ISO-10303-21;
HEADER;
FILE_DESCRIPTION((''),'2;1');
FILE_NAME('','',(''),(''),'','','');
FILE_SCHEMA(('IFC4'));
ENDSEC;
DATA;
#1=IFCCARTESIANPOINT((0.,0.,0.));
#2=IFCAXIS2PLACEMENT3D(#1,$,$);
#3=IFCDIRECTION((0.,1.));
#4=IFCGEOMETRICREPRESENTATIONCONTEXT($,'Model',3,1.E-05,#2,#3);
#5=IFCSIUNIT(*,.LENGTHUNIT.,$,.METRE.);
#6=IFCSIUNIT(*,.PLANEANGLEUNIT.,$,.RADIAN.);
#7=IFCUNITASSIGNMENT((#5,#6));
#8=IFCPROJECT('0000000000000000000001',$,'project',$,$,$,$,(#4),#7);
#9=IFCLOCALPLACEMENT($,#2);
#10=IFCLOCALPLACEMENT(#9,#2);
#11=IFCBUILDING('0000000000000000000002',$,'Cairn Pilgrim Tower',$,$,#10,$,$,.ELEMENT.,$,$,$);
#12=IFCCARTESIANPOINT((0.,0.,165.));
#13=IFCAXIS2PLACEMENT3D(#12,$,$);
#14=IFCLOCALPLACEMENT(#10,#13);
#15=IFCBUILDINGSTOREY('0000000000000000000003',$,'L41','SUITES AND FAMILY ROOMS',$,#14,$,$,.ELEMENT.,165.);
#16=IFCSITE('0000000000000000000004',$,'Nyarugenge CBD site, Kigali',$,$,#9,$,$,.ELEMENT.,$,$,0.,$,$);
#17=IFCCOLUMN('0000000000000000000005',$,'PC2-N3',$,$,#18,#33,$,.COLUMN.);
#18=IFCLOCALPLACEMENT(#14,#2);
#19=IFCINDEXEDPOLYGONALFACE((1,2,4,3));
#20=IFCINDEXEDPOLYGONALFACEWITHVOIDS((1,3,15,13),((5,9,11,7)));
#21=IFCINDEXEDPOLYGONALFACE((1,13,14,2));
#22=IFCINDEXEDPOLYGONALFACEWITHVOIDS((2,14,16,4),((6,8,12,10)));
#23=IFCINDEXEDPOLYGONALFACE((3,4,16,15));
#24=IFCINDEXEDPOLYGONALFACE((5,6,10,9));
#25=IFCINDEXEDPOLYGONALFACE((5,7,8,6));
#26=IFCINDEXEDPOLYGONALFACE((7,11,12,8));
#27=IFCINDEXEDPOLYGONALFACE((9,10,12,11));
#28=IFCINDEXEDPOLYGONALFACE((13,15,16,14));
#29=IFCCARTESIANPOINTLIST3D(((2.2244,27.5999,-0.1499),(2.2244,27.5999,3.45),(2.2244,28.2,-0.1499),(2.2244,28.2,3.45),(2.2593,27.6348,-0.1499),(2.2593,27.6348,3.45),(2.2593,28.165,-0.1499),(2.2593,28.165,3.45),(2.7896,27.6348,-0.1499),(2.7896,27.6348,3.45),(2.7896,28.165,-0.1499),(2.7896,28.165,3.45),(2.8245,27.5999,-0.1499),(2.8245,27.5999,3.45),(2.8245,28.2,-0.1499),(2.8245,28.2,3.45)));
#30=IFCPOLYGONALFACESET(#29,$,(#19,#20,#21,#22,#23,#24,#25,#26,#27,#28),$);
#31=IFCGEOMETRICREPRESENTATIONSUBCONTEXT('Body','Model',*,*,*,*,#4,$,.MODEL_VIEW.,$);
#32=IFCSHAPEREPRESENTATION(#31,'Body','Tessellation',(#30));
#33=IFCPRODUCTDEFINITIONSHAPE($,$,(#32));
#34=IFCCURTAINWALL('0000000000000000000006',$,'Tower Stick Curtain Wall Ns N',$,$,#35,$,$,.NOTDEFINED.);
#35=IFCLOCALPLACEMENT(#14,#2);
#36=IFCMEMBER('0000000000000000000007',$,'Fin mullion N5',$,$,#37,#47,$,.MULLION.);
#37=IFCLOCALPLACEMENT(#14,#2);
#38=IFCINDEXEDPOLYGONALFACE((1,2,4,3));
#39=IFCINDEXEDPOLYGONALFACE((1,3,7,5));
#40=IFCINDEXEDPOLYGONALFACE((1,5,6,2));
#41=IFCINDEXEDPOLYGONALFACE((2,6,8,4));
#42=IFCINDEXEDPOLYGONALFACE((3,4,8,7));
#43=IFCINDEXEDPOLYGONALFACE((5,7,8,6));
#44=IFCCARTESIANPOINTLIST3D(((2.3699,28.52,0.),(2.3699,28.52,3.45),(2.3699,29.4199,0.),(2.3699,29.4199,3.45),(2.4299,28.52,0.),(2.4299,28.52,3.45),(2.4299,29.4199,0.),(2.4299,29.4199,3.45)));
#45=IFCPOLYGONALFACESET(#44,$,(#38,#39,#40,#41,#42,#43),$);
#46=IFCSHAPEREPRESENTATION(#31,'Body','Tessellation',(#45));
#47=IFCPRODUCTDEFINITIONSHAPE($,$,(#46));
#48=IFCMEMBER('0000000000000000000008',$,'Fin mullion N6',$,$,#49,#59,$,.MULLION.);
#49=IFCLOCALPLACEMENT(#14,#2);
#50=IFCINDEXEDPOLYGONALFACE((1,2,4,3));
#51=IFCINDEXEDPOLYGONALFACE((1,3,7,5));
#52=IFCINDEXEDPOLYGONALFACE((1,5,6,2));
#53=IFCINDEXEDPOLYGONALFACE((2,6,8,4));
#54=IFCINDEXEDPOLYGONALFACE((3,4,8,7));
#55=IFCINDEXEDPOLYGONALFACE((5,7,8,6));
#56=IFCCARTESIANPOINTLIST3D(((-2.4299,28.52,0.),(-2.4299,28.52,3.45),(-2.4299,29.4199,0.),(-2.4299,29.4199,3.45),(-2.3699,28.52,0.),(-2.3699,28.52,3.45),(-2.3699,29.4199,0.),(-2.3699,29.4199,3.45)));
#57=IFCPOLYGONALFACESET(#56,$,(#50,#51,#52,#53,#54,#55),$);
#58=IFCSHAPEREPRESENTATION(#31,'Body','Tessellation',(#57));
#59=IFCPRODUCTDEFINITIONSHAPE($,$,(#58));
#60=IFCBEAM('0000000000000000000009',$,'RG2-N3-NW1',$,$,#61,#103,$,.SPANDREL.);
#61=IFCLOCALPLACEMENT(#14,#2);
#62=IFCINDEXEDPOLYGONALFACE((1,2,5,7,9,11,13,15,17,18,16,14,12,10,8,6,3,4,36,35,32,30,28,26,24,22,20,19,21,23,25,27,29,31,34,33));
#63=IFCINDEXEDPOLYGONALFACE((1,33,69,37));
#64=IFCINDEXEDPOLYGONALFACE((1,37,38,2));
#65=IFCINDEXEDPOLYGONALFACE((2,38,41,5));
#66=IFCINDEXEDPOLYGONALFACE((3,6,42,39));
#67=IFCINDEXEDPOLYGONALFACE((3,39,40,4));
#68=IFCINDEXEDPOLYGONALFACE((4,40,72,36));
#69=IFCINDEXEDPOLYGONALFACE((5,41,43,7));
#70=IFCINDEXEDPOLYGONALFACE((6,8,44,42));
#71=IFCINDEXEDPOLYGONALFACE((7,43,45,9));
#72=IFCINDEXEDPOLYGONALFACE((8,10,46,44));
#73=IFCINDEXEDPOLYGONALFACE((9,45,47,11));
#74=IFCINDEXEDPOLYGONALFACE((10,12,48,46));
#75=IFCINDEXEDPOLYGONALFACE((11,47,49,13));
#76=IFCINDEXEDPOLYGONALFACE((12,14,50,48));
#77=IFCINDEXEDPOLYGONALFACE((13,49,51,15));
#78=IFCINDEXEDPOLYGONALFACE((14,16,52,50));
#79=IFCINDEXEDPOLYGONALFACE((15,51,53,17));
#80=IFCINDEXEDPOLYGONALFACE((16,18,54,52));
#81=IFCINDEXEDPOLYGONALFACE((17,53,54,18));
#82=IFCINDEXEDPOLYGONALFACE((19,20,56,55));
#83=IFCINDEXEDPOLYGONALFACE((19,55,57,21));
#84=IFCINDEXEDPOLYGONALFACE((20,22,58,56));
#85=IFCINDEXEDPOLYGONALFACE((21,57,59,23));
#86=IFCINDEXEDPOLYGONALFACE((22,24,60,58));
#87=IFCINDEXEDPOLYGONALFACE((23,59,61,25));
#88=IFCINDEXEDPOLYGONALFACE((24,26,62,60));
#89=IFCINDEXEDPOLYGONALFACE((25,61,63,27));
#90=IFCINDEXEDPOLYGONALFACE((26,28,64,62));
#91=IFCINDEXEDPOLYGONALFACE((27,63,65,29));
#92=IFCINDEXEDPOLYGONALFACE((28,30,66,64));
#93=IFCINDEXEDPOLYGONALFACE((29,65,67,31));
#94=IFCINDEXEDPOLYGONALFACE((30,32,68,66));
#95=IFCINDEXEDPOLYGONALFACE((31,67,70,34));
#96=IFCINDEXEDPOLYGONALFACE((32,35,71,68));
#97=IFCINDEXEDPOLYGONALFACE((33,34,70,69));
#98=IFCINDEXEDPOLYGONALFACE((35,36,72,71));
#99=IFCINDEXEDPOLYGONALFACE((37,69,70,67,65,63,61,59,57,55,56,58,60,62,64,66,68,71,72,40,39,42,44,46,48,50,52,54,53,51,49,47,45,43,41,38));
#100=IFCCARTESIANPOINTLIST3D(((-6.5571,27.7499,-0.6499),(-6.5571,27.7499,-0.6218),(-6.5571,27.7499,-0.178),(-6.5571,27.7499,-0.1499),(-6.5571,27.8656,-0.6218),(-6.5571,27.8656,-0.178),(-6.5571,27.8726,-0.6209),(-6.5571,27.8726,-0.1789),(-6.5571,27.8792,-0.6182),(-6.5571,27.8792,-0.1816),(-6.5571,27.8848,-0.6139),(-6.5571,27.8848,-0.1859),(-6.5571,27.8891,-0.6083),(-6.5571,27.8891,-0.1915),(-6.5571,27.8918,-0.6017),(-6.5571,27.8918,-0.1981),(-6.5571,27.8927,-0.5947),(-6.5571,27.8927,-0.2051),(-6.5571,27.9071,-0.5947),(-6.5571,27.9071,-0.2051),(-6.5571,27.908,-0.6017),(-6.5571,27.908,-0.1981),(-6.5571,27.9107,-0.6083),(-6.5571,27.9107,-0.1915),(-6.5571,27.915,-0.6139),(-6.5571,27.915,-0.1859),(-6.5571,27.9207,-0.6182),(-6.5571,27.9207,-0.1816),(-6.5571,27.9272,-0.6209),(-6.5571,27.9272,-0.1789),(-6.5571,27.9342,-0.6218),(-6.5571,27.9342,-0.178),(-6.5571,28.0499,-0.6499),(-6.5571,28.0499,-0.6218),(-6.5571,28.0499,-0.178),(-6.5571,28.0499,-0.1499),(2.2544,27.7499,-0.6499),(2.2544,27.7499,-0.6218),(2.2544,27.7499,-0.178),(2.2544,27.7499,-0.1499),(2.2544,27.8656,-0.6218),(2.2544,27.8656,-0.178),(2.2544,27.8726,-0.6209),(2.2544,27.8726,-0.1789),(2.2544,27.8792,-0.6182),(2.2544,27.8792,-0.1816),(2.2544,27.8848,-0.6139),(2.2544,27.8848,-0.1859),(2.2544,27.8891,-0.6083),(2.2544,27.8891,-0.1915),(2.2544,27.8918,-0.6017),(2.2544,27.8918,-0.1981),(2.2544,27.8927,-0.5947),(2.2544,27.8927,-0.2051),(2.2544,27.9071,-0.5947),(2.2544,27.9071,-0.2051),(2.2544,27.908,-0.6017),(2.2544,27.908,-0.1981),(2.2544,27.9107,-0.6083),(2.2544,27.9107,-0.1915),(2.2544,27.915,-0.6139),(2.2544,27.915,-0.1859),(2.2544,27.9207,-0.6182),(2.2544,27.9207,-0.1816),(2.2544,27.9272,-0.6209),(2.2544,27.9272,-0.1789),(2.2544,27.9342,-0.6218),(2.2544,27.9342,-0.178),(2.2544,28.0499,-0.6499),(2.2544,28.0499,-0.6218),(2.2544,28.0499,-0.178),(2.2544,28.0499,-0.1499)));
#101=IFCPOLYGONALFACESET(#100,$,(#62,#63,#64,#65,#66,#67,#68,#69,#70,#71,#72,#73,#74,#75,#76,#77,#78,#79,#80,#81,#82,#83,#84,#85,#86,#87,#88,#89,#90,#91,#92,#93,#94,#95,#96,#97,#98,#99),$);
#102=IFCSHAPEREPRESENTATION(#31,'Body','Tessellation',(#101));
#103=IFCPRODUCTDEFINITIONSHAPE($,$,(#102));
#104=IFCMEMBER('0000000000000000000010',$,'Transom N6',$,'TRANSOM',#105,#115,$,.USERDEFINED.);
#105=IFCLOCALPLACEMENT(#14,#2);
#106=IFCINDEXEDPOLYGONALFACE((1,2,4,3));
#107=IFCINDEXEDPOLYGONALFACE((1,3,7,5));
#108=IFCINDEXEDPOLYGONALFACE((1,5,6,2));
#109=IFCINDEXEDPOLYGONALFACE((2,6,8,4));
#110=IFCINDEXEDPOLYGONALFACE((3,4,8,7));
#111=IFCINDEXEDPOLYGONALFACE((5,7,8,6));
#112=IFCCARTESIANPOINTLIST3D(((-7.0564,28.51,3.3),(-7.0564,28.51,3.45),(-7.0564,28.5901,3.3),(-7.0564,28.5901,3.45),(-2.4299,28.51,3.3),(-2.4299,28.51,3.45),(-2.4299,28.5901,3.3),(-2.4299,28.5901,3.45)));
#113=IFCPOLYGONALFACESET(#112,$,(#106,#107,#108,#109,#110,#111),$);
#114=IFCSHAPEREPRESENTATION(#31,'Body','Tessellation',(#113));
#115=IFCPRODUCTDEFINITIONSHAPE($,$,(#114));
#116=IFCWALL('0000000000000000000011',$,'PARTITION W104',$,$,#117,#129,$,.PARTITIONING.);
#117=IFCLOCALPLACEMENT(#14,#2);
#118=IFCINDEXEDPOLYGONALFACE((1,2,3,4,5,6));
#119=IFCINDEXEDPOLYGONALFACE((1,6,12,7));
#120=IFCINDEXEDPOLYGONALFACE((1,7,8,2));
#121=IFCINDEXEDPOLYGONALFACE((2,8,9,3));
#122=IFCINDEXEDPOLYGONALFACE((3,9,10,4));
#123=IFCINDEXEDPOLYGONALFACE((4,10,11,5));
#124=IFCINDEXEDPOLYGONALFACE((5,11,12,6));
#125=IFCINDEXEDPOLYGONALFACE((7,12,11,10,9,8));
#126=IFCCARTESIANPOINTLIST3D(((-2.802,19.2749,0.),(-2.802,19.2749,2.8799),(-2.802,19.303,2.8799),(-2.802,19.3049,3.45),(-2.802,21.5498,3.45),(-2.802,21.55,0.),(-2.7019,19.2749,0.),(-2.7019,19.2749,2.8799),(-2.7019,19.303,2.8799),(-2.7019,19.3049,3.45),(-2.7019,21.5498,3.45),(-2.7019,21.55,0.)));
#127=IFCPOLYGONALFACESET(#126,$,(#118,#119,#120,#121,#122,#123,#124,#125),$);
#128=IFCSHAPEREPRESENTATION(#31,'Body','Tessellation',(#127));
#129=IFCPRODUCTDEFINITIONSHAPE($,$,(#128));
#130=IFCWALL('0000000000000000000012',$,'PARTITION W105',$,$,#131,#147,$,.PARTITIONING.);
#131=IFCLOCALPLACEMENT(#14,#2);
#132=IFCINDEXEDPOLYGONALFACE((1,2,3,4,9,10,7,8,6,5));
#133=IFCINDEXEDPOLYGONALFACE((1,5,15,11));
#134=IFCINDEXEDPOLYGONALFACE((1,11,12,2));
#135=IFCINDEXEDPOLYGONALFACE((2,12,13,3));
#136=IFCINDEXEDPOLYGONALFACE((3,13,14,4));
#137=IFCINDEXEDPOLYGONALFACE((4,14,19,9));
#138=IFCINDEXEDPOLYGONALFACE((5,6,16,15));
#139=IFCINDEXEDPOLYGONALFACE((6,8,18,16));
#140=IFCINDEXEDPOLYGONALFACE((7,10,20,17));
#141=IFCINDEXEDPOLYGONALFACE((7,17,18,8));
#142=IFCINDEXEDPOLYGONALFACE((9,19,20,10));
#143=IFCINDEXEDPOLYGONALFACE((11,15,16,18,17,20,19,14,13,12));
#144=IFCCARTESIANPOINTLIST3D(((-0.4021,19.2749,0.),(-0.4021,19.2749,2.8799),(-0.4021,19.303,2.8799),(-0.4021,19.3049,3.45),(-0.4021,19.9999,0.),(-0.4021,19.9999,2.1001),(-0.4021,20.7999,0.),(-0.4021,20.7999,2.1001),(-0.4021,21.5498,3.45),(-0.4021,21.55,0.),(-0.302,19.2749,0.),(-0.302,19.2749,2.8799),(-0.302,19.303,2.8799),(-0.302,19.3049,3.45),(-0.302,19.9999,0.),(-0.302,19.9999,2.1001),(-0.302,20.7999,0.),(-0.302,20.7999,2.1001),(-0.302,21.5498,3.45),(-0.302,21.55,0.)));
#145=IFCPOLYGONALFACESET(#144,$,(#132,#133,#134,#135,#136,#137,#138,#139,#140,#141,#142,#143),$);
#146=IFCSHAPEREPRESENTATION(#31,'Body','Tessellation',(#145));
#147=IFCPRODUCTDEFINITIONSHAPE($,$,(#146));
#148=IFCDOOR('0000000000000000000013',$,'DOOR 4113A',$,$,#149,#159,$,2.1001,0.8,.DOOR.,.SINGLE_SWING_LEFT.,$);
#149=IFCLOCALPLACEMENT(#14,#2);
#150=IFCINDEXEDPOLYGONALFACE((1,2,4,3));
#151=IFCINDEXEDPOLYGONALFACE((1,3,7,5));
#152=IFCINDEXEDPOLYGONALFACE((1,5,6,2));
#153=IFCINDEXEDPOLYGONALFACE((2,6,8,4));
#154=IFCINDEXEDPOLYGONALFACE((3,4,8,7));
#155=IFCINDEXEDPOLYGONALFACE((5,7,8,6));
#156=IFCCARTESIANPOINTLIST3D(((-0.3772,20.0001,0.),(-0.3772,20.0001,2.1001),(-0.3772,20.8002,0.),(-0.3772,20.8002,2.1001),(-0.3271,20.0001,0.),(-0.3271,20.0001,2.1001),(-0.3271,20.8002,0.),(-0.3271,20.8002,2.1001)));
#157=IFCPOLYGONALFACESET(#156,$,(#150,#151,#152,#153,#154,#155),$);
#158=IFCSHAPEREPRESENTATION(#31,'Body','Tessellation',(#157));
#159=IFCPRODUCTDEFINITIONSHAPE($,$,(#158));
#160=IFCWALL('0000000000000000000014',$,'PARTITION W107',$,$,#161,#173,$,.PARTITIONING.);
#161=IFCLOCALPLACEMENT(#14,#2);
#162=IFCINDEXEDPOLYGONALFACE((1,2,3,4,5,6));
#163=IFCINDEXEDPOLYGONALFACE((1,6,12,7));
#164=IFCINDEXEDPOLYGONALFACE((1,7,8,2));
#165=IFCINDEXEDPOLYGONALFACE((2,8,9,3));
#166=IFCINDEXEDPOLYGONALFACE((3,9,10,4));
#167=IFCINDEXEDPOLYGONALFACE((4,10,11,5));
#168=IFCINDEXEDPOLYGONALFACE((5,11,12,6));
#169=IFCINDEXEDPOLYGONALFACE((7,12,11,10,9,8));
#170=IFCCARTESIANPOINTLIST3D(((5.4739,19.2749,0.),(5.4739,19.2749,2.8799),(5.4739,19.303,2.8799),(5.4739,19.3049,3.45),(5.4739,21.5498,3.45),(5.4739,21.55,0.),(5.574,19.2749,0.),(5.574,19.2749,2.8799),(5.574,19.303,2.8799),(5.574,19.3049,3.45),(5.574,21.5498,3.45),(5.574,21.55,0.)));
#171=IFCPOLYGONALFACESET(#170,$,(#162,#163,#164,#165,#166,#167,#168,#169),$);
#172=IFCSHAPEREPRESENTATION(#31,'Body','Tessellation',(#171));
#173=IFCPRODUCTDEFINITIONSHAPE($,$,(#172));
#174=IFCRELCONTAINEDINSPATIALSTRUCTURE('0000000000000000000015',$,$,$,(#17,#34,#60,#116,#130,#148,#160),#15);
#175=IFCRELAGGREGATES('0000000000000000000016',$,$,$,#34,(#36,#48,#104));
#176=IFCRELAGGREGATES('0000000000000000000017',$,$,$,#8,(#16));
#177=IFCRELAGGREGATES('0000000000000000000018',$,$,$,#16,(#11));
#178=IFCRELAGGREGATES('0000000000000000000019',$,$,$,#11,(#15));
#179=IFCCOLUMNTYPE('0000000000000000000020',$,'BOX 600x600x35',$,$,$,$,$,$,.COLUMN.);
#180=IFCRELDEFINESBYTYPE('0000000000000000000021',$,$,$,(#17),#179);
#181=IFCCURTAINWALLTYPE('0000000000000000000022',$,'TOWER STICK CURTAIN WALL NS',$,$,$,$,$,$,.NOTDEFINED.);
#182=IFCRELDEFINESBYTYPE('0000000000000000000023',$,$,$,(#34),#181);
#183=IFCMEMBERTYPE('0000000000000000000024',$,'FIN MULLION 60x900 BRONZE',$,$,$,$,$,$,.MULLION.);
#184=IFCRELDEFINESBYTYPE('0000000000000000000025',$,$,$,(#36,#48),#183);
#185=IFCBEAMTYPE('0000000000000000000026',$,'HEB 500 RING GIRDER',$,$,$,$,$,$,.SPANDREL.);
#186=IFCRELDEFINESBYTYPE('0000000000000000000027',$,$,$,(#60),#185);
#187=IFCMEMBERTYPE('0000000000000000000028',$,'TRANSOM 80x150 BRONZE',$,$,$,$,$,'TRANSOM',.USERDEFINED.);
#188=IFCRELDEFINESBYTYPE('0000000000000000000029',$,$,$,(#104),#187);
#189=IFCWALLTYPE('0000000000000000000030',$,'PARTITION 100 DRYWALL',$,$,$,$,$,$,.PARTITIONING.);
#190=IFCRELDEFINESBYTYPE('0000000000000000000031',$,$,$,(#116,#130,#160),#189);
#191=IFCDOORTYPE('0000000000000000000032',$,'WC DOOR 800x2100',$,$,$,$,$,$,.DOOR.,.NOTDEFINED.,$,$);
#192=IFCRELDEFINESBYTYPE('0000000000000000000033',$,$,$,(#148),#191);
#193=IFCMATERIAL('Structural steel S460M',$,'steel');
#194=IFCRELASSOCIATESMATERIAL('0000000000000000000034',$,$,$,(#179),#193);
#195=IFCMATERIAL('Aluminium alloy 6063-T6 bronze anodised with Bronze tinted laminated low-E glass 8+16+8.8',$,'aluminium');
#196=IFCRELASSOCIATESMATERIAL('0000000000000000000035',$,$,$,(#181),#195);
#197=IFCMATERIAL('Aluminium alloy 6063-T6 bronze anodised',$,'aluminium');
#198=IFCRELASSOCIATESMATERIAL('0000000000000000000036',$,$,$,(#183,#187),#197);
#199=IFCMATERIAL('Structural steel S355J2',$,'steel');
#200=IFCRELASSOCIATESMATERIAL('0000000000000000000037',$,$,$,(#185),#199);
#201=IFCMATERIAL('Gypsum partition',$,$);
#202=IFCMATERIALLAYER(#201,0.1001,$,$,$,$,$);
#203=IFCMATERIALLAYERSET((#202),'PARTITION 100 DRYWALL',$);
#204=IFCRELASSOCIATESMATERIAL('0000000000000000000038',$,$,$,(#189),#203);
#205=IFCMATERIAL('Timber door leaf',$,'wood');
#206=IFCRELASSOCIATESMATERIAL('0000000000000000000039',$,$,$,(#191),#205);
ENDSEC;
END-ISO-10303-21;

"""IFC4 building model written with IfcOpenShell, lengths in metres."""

from ifc_helpers import new_model, si_unit, direction, frame, frame_2d, origin, origin_2d, place, context, subcontext, project, spatial, polyline, rectangle, hollow_rectangle, i_section, outline, extrude, material, layer, layer_set, material_profile, profile_set, type_object, element, fill, aggregate, save


model = new_model("IFC4")

# Units and contexts
model_context = context("Model", 3, precision=1e-05, world=origin(), true_north=direction((0.0, 1.0)))
body_context = subcontext(model_context, "Body", "Model", "MODEL_VIEW")
ifc_project = project(units=[si_unit("LENGTHUNIT", "METRE"), si_unit("PLANEANGLEUNIT", "RADIAN")], contexts=[model_context])

# Site, building, storey
site_placement = place(None, origin())
site = spatial("IfcSite", under=ifc_project, at=site_placement, Name="Nyarugenge CBD site, Kigali", CompositionType="ELEMENT", RefElevation=0.0)
building_placement = place(site_placement, origin())
building = spatial("IfcBuilding", under=site, at=building_placement, Name="Cairn Pilgrim Tower", CompositionType="ELEMENT")
storey_placement = place(building_placement, frame((0.0, 0.0, 165.0)))
storey = spatial("IfcBuildingStorey", under=building, at=storey_placement, Name="L41", Description="SUITES AND FAMILY ROOMS", CompositionType="ELEMENT", Elevation=165.0)

# Column
ifc_material_1 = material(Name="Structural steel S460M", Category="steel")
ifc_material_profile_1 = material_profile(ifc_material_1, hollow_rectangle(XDim=0.6001, YDim=0.6001, WallThickness=0.0349, at=origin_2d()), Name="BOX 600x600x35")
ifc_profile_set_1 = profile_set([ifc_material_profile_1], Name="Structural steel S460M")
column_type = type_object("IfcColumnType", Name="BOX 600x600x35", PredefinedType="COLUMN", material=ifc_profile_set_1)
column_placement = place(storey_placement, frame((2.5244, 27.8999, -0.1499), z_axis=(0.0, 0.0, 1.0), x_axis=(1.0, 0.0, 0.0)))
element("IfcColumn", 1, at=column_placement, inside=storey, type_object=column_type, Name="PC2-N3", PredefinedType="COLUMN", context=body_context, shape_type="SweptSolid", body=[
    extrude(hollow_rectangle(XDim=0.6001, YDim=0.6001, WallThickness=0.0349, at=origin_2d()), origin(), (0.0, 0.0, 1.0), 3.5999),
])

# Curtain wall, members
ifc_material_2 = material(Name="Aluminium alloy 6063-T6 bronze anodised with Bronze tinted laminated low-E glass 8+16+8.8", Category="aluminium")
curtain_wall_type = type_object("IfcCurtainWallType", Name="TOWER STICK CURTAIN WALL NS", PredefinedType="NOTDEFINED", material=ifc_material_2)
curtain_wall_placement = place(storey_placement, origin())
curtain_wall = element("IfcCurtainWall", 2, at=curtain_wall_placement, inside=storey, type_object=curtain_wall_type, Name="Tower Stick Curtain Wall Ns N", PredefinedType="NOTDEFINED")
ifc_material_3 = material(Name="Aluminium alloy 6063-T6 bronze anodised", Category="aluminium")
ifc_material_profile_2 = material_profile(ifc_material_3, rectangle(XDim=0.8999, YDim=0.0601, at=origin_2d()), Name="FIN MULLION 60x900 BRONZE")
ifc_profile_set_2 = profile_set([ifc_material_profile_2], Name="Aluminium alloy 6063-T6 bronze anodised")
member_type_1 = type_object("IfcMemberType", Name="FIN MULLION 60x900 BRONZE", PredefinedType="MULLION", material=ifc_profile_set_2)
member_1_placement = place(storey_placement, frame((2.3999, 28.97, 0.0), z_axis=(0.0, 0.0, 1.0), x_axis=(0.0, 1.0, 0.0)))
member_1 = element("IfcMember", 3, at=member_1_placement, type_object=member_type_1, Name="Fin mullion N5", PredefinedType="MULLION", context=body_context, shape_type="SweptSolid", body=[
    extrude(rectangle(XDim=0.8999, YDim=0.0601, at=origin_2d()), origin(), (0.0, 0.0, 1.0), 3.45),
])
member_2_placement = place(storey_placement, frame((-2.3999, 28.97, 0.0), z_axis=(0.0, 0.0, 1.0), x_axis=(0.0, 1.0, 0.0)))
member_2 = element("IfcMember", 4, at=member_2_placement, type_object=member_type_1, Name="Fin mullion N6", PredefinedType="MULLION", context=body_context, shape_type="SweptSolid", body=[
    extrude(rectangle(XDim=0.8999, YDim=0.0601, at=origin_2d()), origin(), (0.0, 0.0, 1.0), 3.45),
])

# Beam
ifc_material_4 = material(Name="Structural steel S355J2", Category="steel")
ifc_material_profile_3 = material_profile(ifc_material_4, i_section(OverallWidth=0.3, OverallDepth=0.5, WebThickness=0.0144, FlangeThickness=0.0281, FilletRadius=0.0271, at=origin_2d()), Name="HEB 500")
ifc_profile_set_3 = profile_set([ifc_material_profile_3], Name="Structural steel S355J2")
beam_type = type_object("IfcBeamType", Name="HEB 500 RING GIRDER", PredefinedType="SPANDREL", material=ifc_profile_set_3)
beam_placement = place(storey_placement, frame((2.2544, 27.8999, -0.3999), z_axis=(-1.0, 0.0, 0.0), x_axis=(0.0, -1.0, 0.0)))
element("IfcBeam", 5, at=beam_placement, inside=storey, type_object=beam_type, Name="RG2-N3-NW1", PredefinedType="SPANDREL", context=body_context, shape_type="SweptSolid", body=[
    extrude(i_section(OverallWidth=0.3, OverallDepth=0.5, WebThickness=0.0144, FlangeThickness=0.0281, FilletRadius=0.0271, at=origin_2d()), origin(), (0.0, 0.0, 1.0), 8.8115),
])

# Member
ifc_material_profile_4 = material_profile(ifc_material_3, rectangle(XDim=0.0801, YDim=0.1499, at=origin_2d()), Name="TRANSOM 80x150 BRONZE")
ifc_profile_set_4 = profile_set([ifc_material_profile_4], Name="Aluminium alloy 6063-T6 bronze anodised")
member_type_2 = type_object("IfcMemberType", Name="TRANSOM 80x150 BRONZE", ElementType="TRANSOM", PredefinedType="USERDEFINED", material=ifc_profile_set_4)
member_3_placement = place(storey_placement, frame((-2.4299, 28.55, 3.375), z_axis=(-1.0, 0.0, 0.0), x_axis=(0.0, -1.0, 0.0)))
member_3 = element("IfcMember", 6, at=member_3_placement, type_object=member_type_2, Name="Transom N6", ObjectType="TRANSOM", PredefinedType="USERDEFINED", context=body_context, shape_type="SweptSolid", body=[
    extrude(rectangle(XDim=0.0801, YDim=0.1499, at=origin_2d()), origin(), (0.0, 0.0, 1.0), 4.6265),
])
aggregate(curtain_wall, [member_1, member_2, member_3])

# Wall
ifc_material_5 = material(Name="Gypsum partition")
ifc_layer_1 = layer(ifc_material_5, 0.1001)
ifc_layer_set_1 = layer_set([ifc_layer_1], Name="PARTITION 100 DRYWALL")
wall_type_1 = type_object("IfcWallType", Name="PARTITION 100 DRYWALL", PredefinedType="PARTITIONING", material=ifc_layer_set_1)
wall_1_placement = place(storey_placement, frame((-2.752, 19.2749, 0.0), z_axis=(0.0, 0.0, 1.0), x_axis=(0.0, 1.0, 0.0)))
element("IfcWall", 7, at=wall_1_placement, inside=storey, type_object=wall_type_1, Name="PARTITION W104", PredefinedType="PARTITIONING", context=body_context, shape_type="SweptSolid", body=[
    extrude(outline(polyline([(0.0, 0.0), (2.2751, 0.0), (2.2749, 3.45), (0.03, 3.45), (0.0281, 2.8799), (0.0, 2.8799), (0.0, 0.0)])), frame((0.0, 0.05, 0.0), z_axis=(0.0, -1.0, 0.0), x_axis=(1.0, 0.0, 0.0)), (0.0, 0.0, 1.0), 0.1001),
])

# Wall, opening, door
wall_2_placement = place(storey_placement, frame((-0.3521, 19.2749, 0.0), z_axis=(0.0, 0.0, 1.0), x_axis=(0.0, 1.0, 0.0)))
wall_2 = element("IfcWall", 8, at=wall_2_placement, inside=storey, type_object=wall_type_1, Name="PARTITION W105", PredefinedType="PARTITIONING", context=body_context, shape_type="SweptSolid", body=[
    extrude(outline(polyline([(0.0, 0.0), (2.2751, 0.0), (2.2749, 3.45), (0.03, 3.45), (0.0281, 2.8799), (0.0, 2.8799), (0.0, 0.0)])), frame((0.0, 0.05, 0.0), z_axis=(0.0, -1.0, 0.0), x_axis=(1.0, 0.0, 0.0)), (0.0, 0.0, 1.0), 0.1001),
])
opening_1_placement = place(wall_2_placement, frame((0.7251, 0.0, 0.0)))
opening_1 = element("IfcOpeningElement", 9, at=opening_1_placement, cuts=wall_2, PredefinedType="OPENING", context=body_context, shape_type="SweptSolid", body=[
    extrude(rectangle(XDim=0.8, YDim=2.1001, at=frame_2d((0.3999, 1.05))), frame((0.0, 0.0601, 0.0), z_axis=(0.0, -1.0, 0.0), x_axis=(1.0, 0.0, 0.0)), (0.0, 0.0, 1.0), 0.1201),
])
ifc_material_6 = material(Name="Timber door leaf", Category="wood")
door_type_1 = type_object("IfcDoorType", Name="WC DOOR 800x2100", OperationType="NOTDEFINED", PredefinedType="DOOR", material=ifc_material_6)
door_1_placement = place(opening_1_placement, frame((0.8, 0.0, 0.0), z_axis=(0.0, 0.0, 1.0), x_axis=(-1.0, 0.0, 0.0)))
door_1 = element("IfcDoor", 10, at=door_1_placement, inside=storey, type_object=door_type_1, Name="DOOR 4113A", OperationType="SINGLE_SWING_LEFT", OverallHeight=2.1001, OverallWidth=0.8, PredefinedType="DOOR", context=body_context, shape_type="SweptSolid", body=[
    extrude(rectangle(XDim=0.8, YDim=2.1001, at=frame_2d((0.3999, 1.05))), frame((0.0, 0.0249, 0.0), z_axis=(0.0, -1.0, 0.0), x_axis=(1.0, 0.0, 0.0)), (0.0, 0.0, 1.0), 0.05),
])
fill(opening_1, door_1)

# Wall
wall_3_placement = place(storey_placement, frame((5.5239, 19.2749, 0.0), z_axis=(0.0, 0.0, 1.0), x_axis=(0.0, 1.0, 0.0)))
element("IfcWall", 11, at=wall_3_placement, inside=storey, type_object=wall_type_1, Name="PARTITION W107", PredefinedType="PARTITIONING", context=body_context, shape_type="SweptSolid", body=[
    extrude(outline(polyline([(0.0, 0.0), (2.2751, 0.0), (2.2749, 3.45), (0.03, 3.45), (0.0281, 2.8799), (0.0, 2.8799), (0.0, 0.0)])), frame((0.0, 0.05, 0.0), z_axis=(0.0, -1.0, 0.0), x_axis=(1.0, 0.0, 0.0)), (0.0, 0.0, 1.0), 0.1001),
])

save(model, "model.ifc")
